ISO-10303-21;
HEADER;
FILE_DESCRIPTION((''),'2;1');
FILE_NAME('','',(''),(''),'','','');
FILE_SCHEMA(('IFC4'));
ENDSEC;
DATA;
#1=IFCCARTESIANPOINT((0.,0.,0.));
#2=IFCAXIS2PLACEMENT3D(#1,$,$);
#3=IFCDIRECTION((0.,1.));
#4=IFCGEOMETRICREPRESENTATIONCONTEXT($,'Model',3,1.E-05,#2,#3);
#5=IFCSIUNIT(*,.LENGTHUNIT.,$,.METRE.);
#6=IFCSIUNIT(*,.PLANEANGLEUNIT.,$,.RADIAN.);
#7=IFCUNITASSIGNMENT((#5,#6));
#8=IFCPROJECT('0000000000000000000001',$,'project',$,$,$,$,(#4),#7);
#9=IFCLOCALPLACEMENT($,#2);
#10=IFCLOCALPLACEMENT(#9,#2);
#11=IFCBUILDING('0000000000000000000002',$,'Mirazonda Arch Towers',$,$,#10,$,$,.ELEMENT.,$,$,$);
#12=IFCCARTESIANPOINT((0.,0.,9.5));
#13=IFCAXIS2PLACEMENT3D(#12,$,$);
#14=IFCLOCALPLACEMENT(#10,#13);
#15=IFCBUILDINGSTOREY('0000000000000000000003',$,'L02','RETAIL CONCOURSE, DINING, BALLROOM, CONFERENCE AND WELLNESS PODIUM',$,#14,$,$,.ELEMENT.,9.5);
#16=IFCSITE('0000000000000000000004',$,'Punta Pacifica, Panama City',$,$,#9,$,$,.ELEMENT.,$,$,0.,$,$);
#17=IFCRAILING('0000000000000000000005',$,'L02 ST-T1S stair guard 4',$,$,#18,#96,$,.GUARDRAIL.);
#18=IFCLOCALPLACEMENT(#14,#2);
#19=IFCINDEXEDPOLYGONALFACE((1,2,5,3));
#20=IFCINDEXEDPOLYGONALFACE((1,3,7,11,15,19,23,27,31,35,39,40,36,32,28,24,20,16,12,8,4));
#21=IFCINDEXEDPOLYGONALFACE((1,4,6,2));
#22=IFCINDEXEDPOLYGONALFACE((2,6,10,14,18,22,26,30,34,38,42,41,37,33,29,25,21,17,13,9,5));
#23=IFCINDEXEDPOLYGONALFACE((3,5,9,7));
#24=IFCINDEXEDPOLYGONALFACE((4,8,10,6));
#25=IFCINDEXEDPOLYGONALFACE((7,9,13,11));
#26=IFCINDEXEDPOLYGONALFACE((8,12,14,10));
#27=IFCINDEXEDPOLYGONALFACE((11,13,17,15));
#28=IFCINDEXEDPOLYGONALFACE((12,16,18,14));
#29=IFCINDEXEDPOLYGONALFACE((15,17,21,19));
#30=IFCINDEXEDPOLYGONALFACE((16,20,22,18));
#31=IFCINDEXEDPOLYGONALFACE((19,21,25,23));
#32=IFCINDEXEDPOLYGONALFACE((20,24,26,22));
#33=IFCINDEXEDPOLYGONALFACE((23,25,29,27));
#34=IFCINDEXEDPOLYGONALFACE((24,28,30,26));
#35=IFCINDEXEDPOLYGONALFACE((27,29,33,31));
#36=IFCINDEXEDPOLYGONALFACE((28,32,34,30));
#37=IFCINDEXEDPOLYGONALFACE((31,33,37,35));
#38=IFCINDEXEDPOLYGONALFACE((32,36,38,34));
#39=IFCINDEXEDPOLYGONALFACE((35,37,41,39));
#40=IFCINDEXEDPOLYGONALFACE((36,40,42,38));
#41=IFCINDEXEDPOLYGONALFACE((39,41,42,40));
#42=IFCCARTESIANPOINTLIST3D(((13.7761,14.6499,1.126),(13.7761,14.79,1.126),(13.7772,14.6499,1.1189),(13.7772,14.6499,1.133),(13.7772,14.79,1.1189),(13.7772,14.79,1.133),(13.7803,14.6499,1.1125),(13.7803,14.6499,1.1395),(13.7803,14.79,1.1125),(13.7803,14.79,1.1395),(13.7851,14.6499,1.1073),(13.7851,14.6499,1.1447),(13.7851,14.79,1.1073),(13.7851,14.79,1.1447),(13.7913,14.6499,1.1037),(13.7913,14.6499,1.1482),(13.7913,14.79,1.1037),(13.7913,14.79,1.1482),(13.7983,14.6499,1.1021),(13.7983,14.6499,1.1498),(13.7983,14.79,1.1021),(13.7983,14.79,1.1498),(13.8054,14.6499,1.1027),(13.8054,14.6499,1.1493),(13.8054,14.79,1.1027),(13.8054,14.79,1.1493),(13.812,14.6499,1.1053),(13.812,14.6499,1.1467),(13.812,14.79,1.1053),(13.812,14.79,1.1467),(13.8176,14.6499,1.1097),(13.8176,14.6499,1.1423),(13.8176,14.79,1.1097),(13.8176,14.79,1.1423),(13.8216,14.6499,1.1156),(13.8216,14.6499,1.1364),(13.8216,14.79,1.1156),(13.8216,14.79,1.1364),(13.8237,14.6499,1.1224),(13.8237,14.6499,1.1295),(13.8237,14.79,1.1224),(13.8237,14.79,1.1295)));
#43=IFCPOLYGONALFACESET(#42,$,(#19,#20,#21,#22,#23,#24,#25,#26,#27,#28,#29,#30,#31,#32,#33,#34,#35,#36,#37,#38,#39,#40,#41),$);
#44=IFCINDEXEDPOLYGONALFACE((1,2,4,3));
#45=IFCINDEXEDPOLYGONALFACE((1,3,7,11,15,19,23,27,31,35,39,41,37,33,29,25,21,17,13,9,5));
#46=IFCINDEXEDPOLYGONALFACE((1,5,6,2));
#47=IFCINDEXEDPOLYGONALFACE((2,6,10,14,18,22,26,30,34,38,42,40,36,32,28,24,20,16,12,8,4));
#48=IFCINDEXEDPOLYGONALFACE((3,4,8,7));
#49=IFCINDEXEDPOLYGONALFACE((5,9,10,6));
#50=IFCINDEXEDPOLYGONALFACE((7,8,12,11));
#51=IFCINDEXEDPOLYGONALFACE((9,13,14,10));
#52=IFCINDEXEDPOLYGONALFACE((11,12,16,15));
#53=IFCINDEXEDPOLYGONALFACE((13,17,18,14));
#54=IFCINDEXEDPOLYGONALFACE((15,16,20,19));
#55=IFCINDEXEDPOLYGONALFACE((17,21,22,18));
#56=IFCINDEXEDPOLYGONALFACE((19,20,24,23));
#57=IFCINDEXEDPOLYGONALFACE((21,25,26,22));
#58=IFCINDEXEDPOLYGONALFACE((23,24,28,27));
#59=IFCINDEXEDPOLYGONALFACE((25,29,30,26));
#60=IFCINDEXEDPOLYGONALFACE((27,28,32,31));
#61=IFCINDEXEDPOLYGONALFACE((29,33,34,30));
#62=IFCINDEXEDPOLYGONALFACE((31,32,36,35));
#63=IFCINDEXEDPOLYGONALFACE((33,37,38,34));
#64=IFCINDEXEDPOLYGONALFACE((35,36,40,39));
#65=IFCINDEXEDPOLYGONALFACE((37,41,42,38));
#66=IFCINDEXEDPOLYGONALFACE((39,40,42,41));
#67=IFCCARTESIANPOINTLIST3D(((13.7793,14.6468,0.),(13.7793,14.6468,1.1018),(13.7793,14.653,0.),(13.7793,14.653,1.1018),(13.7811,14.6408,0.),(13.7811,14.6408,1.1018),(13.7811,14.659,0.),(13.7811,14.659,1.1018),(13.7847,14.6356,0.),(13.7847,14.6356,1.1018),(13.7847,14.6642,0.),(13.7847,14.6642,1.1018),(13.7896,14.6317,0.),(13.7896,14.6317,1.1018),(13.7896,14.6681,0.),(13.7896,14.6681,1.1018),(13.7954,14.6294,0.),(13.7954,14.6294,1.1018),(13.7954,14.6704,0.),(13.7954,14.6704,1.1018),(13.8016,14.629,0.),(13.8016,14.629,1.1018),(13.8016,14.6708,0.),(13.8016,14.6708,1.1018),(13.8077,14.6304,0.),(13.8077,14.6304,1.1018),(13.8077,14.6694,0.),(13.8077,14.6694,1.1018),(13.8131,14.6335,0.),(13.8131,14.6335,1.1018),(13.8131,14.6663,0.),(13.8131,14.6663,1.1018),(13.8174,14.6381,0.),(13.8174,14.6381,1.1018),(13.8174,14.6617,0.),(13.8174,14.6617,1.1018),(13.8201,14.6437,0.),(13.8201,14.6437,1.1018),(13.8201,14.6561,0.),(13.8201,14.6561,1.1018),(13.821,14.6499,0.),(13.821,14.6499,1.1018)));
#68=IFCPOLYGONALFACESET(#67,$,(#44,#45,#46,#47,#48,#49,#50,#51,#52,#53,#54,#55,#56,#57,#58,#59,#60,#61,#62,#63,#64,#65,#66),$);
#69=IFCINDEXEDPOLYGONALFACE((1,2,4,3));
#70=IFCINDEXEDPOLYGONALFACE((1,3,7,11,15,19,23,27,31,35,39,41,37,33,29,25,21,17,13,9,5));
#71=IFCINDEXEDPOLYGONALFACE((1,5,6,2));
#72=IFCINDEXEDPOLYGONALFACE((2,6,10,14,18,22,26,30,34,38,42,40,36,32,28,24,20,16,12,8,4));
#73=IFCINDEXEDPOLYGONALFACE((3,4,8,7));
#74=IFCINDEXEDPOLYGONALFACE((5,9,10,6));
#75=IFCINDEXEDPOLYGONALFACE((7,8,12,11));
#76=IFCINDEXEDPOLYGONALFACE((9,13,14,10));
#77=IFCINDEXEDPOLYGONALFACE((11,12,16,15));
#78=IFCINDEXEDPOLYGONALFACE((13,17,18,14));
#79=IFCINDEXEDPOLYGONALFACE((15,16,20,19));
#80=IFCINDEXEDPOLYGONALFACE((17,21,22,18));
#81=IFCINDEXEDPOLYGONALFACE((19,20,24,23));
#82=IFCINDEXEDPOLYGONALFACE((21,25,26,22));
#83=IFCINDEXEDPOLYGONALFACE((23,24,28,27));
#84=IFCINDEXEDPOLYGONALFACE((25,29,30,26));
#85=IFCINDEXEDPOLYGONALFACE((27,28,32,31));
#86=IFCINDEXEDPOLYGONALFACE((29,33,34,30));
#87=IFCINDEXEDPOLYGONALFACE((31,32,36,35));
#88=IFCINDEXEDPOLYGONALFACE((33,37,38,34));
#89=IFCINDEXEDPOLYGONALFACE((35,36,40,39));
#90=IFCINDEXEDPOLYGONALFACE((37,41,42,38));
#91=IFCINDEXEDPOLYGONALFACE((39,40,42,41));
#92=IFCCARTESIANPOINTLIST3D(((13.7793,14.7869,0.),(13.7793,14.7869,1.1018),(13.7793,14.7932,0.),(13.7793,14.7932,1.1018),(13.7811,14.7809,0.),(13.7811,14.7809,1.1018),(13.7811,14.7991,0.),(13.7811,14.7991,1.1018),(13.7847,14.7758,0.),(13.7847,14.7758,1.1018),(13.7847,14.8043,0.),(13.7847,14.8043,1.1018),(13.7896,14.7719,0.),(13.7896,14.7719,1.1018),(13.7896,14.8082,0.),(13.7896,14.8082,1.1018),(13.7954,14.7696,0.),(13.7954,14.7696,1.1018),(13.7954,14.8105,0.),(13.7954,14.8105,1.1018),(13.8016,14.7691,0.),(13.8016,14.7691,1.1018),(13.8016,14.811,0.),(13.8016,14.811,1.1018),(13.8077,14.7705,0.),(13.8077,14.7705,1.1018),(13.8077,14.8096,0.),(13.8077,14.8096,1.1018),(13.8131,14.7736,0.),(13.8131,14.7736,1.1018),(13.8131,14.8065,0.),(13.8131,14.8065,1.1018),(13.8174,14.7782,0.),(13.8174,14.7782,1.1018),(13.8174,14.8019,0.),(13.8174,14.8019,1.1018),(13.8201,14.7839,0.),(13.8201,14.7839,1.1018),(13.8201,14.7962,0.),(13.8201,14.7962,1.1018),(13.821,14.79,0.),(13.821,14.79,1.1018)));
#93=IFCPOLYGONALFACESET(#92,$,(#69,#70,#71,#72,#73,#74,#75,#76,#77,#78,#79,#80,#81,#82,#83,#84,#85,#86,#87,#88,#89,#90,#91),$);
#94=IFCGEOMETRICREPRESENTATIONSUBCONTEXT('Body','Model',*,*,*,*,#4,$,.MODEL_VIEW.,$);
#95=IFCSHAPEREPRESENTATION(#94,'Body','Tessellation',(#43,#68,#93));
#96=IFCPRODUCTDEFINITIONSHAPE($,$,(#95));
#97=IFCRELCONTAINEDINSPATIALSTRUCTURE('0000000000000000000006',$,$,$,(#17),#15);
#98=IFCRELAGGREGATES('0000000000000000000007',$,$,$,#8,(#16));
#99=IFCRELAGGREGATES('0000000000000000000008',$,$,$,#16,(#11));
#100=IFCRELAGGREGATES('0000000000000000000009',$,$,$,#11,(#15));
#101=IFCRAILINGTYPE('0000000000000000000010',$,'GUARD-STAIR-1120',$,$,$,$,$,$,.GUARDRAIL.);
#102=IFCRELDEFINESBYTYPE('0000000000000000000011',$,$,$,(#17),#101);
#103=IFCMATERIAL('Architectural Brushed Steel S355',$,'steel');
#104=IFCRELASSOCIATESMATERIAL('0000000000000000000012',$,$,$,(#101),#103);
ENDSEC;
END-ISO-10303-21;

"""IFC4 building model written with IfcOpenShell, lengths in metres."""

from ifc_helpers import new_model, si_unit, direction, frame, origin, origin_2d, place, context, subcontext, project, spatial, circle, extrude, material, type_object, element, save


model = new_model("IFC4")

# Units and contexts
model_context = context("Model", 3, precision=1e-05, world=origin(), true_north=direction((0.0, 1.0)))
body_context = subcontext(model_context, "Body", "Model", "MODEL_VIEW")
ifc_project = project(units=[si_unit("LENGTHUNIT", "METRE"), si_unit("PLANEANGLEUNIT", "RADIAN")], contexts=[model_context])

# Site, building, storey
site_placement = place(None, origin())
site = spatial("IfcSite", under=ifc_project, at=site_placement, Name="Punta Pacifica, Panama City", CompositionType="ELEMENT", RefElevation=0.0)
building_placement = place(site_placement, origin())
building = spatial("IfcBuilding", under=site, at=building_placement, Name="Mirazonda Arch Towers", CompositionType="ELEMENT")
storey_placement = place(building_placement, frame((0.0, 0.0, 9.5)))
storey = spatial("IfcBuildingStorey", under=building, at=storey_placement, Name="L02", Description="RETAIL CONCOURSE, DINING, BALLROOM, CONFERENCE AND WELLNESS PODIUM", CompositionType="ELEMENT", Elevation=9.5)

# Shared definitions
ifc_material_1 = material(Name="Architectural Brushed Steel S355", Category="steel")

# Railing
railing_type_1 = type_object("IfcRailingType", Name="GUARD-STAIR-1120", PredefinedType="GUARDRAIL", material=ifc_material_1)
railing_1_placement = place(storey_placement, frame((13.8, 14.6499, 0.0)))
element("IfcRailing", 1, at=railing_1_placement, inside=storey, type_object=railing_type_1, Name="L02 ST-T1S stair guard 4", PredefinedType="GUARDRAIL", context=body_context, shape_type="SweptSolid", body=[
    extrude(circle(Radius=0.0239, at=origin_2d()), frame((0.0, 0.0, 1.126), z_axis=(0.0, 1.0, 0.0), x_axis=(-1.0, 0.0, 0.0)), (0.0, 0.0, 1.0), 0.1401),
    extrude(circle(Radius=0.021, at=origin_2d()), origin(), (0.0, 0.0, 1.0), 1.1018),
    extrude(circle(Radius=0.021, at=origin_2d()), frame((0.0, 0.1401, 0.0)), (0.0, 0.0, 1.0), 1.1018),
])

save(model, "model.ifc")
